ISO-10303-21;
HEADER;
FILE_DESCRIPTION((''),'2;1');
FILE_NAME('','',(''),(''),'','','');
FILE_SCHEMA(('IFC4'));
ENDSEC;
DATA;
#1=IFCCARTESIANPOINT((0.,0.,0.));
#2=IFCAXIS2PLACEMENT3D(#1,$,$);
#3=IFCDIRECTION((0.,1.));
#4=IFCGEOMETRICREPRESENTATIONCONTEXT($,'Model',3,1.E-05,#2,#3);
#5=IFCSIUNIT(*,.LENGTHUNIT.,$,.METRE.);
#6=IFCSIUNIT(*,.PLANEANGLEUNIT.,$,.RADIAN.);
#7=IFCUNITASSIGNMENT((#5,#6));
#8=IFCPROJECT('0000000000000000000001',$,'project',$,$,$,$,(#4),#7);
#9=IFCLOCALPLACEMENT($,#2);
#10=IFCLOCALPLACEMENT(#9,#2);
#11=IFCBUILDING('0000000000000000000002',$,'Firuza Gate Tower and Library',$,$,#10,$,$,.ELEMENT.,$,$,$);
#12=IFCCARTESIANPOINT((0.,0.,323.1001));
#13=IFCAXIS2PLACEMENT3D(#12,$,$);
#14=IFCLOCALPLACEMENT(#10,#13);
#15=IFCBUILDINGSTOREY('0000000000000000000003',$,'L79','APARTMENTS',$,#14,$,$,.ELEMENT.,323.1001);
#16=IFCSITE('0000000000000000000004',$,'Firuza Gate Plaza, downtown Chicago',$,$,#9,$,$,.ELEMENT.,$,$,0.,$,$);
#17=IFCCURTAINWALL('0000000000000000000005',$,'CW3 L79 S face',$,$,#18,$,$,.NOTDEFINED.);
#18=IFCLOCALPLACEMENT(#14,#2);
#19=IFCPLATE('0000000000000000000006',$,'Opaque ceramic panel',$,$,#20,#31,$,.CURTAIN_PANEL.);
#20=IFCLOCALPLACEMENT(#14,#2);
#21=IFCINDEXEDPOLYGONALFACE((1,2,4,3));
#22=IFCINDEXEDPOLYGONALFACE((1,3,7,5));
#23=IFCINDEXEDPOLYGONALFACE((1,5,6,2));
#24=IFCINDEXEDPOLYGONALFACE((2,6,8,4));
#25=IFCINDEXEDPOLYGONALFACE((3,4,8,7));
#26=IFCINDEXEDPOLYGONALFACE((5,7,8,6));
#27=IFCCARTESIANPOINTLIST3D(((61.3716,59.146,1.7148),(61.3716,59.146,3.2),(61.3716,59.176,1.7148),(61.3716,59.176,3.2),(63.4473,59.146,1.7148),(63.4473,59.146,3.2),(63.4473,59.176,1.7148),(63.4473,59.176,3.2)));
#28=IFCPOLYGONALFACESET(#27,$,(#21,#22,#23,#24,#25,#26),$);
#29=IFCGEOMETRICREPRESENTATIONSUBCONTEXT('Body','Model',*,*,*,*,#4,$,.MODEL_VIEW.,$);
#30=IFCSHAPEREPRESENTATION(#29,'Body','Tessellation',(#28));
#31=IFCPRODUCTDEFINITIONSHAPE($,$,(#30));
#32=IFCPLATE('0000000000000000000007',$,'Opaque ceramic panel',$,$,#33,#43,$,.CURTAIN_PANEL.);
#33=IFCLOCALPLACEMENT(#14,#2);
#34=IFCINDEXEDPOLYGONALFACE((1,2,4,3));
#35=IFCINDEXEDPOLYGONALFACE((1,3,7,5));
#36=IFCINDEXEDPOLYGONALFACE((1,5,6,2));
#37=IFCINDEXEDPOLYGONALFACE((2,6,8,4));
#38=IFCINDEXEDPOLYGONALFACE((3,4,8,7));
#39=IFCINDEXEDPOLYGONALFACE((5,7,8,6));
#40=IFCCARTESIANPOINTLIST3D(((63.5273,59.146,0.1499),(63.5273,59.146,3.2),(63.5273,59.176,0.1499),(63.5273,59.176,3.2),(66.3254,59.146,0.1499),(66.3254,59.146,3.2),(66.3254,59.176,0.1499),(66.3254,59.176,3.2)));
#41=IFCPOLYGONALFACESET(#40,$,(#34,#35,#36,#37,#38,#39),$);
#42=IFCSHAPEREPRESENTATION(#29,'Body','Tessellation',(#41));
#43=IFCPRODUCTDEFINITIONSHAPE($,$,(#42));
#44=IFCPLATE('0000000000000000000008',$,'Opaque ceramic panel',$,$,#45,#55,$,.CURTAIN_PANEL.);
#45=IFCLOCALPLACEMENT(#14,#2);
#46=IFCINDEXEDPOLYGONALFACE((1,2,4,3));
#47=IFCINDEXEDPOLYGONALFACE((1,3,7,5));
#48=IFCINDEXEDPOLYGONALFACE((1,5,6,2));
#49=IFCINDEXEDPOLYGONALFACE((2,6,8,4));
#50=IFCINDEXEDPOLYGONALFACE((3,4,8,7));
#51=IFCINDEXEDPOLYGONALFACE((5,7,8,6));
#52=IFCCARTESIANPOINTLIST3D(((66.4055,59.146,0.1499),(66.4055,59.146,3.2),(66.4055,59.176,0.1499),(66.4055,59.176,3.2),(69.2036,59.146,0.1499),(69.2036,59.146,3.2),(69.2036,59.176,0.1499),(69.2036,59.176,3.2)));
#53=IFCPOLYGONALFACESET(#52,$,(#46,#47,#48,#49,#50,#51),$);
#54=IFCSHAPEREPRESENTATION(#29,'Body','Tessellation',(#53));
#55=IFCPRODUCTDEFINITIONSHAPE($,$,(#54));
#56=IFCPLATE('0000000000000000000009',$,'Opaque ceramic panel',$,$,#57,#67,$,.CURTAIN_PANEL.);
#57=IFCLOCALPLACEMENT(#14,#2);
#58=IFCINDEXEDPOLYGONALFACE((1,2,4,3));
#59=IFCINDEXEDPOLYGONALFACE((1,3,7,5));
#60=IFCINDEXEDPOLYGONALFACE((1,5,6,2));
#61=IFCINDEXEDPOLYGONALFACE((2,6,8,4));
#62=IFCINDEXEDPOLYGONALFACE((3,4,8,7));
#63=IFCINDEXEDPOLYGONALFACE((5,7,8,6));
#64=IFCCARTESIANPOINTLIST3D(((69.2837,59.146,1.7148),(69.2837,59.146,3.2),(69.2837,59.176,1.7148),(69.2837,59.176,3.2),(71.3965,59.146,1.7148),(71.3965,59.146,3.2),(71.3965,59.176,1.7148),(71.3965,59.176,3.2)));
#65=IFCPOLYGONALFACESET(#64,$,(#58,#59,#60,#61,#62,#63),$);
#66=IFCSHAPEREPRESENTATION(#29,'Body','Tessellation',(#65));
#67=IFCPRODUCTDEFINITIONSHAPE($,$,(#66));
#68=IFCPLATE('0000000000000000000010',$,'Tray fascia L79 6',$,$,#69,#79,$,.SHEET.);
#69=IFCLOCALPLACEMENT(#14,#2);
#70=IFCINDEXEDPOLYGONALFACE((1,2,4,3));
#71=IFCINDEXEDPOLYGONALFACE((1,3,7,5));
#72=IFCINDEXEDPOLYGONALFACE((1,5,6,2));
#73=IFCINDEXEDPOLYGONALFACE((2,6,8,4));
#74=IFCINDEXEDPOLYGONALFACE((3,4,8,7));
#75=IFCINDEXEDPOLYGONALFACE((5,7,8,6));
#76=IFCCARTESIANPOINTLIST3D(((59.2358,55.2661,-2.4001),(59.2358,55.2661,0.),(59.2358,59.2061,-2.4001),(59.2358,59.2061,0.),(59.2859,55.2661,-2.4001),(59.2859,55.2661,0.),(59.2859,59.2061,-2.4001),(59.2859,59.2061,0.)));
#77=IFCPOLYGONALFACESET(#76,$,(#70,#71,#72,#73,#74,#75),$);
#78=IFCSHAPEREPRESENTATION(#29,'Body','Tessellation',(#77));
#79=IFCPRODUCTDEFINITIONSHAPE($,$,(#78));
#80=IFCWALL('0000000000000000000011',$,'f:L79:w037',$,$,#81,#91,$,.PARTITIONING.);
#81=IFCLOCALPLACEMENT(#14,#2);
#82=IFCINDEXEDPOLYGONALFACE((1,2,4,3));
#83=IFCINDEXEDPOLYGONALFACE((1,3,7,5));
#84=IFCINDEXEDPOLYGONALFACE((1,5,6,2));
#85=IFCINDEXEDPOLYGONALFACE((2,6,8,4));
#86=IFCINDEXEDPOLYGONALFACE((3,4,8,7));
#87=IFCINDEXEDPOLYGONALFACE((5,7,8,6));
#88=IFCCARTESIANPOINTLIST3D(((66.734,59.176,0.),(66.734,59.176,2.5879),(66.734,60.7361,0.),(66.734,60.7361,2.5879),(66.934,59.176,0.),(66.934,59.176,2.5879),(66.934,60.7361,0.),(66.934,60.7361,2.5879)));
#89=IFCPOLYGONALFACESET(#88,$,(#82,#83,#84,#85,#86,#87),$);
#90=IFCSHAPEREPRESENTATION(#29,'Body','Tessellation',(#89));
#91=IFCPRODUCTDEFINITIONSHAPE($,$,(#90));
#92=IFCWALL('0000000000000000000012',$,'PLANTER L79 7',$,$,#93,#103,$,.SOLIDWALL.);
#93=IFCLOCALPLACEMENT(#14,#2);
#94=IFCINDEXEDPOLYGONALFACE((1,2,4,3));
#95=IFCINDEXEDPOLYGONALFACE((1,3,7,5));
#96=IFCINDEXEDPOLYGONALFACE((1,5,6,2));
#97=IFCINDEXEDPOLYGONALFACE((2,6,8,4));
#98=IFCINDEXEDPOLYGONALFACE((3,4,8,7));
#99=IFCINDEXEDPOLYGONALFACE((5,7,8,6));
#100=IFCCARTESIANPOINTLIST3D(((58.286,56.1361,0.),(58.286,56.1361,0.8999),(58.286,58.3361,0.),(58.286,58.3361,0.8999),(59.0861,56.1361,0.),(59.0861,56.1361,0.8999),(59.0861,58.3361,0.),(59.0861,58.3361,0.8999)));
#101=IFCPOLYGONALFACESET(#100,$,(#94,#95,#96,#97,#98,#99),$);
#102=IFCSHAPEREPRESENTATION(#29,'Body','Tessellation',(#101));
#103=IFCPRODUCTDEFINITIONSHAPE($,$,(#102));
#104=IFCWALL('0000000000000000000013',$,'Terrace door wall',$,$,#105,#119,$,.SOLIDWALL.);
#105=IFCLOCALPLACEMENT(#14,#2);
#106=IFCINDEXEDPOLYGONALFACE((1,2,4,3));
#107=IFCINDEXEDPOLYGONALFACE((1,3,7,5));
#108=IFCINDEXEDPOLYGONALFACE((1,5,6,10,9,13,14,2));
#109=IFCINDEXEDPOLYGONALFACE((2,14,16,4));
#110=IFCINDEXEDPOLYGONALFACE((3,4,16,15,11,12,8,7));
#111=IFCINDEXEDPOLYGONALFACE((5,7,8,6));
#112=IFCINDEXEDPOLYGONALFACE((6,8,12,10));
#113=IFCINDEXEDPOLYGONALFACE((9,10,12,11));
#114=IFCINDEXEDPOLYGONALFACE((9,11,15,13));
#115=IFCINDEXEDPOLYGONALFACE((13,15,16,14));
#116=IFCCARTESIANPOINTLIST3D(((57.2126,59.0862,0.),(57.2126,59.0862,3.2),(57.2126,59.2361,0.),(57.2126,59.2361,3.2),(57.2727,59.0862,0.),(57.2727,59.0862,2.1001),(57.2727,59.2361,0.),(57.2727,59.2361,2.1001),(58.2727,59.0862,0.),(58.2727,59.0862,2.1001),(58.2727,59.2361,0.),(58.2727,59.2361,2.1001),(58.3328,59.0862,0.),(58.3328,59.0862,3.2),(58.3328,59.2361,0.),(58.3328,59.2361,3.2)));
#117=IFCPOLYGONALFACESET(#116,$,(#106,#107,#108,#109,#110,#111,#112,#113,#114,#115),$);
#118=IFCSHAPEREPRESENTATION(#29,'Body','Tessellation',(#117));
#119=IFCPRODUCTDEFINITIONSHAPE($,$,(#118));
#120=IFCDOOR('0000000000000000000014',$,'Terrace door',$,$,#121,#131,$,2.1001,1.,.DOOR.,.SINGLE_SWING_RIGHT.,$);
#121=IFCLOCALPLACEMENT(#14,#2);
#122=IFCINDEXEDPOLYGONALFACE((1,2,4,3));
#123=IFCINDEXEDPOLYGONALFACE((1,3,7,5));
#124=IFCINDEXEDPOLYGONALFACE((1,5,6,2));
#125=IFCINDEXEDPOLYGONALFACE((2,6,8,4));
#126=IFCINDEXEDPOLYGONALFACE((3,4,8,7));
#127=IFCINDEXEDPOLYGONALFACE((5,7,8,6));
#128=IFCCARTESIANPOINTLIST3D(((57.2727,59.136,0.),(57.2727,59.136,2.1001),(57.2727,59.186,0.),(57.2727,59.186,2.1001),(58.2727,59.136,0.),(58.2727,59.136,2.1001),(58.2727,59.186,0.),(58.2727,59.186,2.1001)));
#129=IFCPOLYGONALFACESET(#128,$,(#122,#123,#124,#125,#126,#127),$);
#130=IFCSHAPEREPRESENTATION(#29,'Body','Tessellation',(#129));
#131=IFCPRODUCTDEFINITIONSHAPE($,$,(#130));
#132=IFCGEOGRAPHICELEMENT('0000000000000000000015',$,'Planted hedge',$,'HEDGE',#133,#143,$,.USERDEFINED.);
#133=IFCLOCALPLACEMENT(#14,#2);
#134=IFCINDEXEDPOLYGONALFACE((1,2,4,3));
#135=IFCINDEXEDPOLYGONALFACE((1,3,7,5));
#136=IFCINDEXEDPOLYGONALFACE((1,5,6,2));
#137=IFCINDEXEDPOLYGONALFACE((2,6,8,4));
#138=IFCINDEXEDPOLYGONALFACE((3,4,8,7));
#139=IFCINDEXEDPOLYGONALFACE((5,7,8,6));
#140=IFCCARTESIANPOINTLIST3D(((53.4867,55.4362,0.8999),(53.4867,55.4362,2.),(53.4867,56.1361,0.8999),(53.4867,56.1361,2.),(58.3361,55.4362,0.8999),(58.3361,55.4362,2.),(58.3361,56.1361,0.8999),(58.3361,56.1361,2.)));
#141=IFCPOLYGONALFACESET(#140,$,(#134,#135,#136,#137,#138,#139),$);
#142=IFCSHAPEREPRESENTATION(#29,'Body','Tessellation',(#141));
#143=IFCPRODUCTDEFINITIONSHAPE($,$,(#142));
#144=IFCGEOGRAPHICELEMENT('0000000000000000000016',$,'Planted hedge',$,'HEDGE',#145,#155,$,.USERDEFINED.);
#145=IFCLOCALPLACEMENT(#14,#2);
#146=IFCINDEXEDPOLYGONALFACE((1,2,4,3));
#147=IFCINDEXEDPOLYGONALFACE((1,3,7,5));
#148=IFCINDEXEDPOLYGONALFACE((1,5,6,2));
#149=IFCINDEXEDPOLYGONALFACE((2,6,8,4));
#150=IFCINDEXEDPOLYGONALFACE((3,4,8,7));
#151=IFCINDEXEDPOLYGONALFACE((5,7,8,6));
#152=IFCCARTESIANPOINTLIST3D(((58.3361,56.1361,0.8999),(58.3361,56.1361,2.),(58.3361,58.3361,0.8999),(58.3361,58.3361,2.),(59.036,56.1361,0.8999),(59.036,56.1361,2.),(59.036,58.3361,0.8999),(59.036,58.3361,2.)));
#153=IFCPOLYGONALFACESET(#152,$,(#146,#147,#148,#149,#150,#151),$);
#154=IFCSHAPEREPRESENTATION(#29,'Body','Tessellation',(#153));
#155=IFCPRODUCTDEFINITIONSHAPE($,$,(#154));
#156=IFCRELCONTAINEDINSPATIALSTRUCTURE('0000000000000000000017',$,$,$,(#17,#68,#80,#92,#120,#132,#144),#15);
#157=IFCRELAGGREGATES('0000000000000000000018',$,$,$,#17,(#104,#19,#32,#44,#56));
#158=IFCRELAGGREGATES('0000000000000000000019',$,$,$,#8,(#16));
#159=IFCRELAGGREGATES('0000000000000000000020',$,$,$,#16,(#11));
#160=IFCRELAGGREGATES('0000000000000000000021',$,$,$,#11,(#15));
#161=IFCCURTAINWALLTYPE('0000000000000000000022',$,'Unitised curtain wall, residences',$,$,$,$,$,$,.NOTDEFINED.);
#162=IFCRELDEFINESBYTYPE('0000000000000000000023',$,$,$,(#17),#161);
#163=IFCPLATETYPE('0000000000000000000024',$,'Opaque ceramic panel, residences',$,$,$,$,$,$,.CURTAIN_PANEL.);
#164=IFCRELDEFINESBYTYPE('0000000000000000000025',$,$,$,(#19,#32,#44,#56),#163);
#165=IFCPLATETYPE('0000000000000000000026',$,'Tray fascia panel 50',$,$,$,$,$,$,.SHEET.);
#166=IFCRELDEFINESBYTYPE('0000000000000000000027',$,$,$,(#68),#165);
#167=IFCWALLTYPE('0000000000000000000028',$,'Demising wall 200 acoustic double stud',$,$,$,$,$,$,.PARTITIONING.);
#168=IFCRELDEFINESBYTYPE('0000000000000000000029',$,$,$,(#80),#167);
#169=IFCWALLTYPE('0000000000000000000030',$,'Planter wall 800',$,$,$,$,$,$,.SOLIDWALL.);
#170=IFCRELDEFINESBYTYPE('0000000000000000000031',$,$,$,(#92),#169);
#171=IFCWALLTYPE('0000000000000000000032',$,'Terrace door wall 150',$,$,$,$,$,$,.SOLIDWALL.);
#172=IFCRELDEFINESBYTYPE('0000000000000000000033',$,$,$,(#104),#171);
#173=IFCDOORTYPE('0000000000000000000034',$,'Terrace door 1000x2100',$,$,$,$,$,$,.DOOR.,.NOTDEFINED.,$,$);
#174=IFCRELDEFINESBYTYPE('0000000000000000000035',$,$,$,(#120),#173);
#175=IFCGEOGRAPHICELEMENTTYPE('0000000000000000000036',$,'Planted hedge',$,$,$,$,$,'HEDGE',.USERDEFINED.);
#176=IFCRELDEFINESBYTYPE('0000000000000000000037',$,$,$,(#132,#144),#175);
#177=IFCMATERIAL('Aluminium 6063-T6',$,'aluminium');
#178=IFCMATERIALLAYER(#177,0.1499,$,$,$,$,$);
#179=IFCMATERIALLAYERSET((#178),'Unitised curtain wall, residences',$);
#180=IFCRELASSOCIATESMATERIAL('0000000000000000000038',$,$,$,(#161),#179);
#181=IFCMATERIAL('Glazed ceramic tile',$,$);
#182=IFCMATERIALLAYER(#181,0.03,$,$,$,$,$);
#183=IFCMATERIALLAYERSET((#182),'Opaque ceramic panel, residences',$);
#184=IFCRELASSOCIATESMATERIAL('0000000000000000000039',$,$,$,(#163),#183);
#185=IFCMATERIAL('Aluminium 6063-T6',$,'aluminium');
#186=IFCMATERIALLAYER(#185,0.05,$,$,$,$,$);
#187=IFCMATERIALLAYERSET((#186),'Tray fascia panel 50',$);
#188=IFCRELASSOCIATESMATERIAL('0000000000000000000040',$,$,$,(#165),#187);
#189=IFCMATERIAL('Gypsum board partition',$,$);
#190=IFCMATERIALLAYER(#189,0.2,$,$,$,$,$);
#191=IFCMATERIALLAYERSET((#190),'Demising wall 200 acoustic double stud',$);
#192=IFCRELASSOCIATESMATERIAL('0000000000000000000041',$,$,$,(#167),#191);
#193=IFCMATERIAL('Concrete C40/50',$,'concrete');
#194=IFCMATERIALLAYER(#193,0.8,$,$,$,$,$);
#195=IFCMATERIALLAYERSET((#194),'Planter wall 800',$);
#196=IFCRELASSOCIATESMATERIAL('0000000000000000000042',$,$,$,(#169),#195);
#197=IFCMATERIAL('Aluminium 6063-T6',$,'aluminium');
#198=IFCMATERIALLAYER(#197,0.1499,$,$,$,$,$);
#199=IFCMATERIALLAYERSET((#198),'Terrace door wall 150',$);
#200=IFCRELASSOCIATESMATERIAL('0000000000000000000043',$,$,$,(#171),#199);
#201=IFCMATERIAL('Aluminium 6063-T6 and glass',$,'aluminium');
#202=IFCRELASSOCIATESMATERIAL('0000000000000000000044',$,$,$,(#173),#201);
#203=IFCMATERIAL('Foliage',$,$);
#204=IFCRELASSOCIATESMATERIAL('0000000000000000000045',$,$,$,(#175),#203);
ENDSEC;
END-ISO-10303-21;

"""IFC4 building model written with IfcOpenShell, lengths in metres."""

from ifc_helpers import new_model, si_unit, direction, frame, frame_2d, origin, origin_2d, place, context, subcontext, project, spatial, polyline, rectangle, outline, extrude, material, layer, layer_set, type_object, element, fill, aggregate, save


model = new_model("IFC4")

# Units and contexts
model_context = context("Model", 3, precision=1e-05, world=origin(), true_north=direction((0.0, 1.0)))
body_context = subcontext(model_context, "Body", "Model", "MODEL_VIEW")
ifc_project = project(units=[si_unit("LENGTHUNIT", "METRE"), si_unit("PLANEANGLEUNIT", "RADIAN")], contexts=[model_context])

# Site, building, storey
site_placement = place(None, origin())
site = spatial("IfcSite", under=ifc_project, at=site_placement, Name="Firuza Gate Plaza, downtown Chicago", CompositionType="ELEMENT", RefElevation=0.0)
building_placement = place(site_placement, origin())
building = spatial("IfcBuilding", under=site, at=building_placement, Name="Firuza Gate Tower and Library", CompositionType="ELEMENT")
storey_placement = place(building_placement, frame((0.0, 0.0, 323.1001)))
storey = spatial("IfcBuildingStorey", under=building, at=storey_placement, Name="L79", Description="APARTMENTS", CompositionType="ELEMENT", Elevation=323.1001)

# Curtain wall
ifc_material_1 = material(Name="Aluminium 6063-T6", Category="aluminium")
ifc_layer_1 = layer(ifc_material_1, 0.1499)
ifc_layer_set_1 = layer_set([ifc_layer_1], Name="Unitised curtain wall, residences")
curtain_wall_type = type_object("IfcCurtainWallType", Name="Unitised curtain wall, residences", PredefinedType="NOTDEFINED", material=ifc_layer_set_1)
curtain_wall_placement = place(storey_placement, origin())
curtain_wall = element("IfcCurtainWall", 1, at=curtain_wall_placement, inside=storey, type_object=curtain_wall_type, Name="CW3 L79 S face", PredefinedType="NOTDEFINED")

# Plates
ifc_material_2 = material(Name="Glazed ceramic tile")
ifc_layer_2 = layer(ifc_material_2, 0.03)
ifc_layer_set_2 = layer_set([ifc_layer_2], Name="Opaque ceramic panel, residences")
plate_type_1 = type_object("IfcPlateType", Name="Opaque ceramic panel, residences", PredefinedType="CURTAIN_PANEL", material=ifc_layer_set_2)
plate_1_placement = place(storey_placement, frame((61.3716, 59.146, 1.7148), z_axis=(0.0, -1.0, 0.0), x_axis=(1.0, 0.0, 0.0)))
plate_1 = element("IfcPlate", 2, at=plate_1_placement, type_object=plate_type_1, Name="Opaque ceramic panel", PredefinedType="CURTAIN_PANEL", context=body_context, shape_type="SweptSolid", body=[
    extrude(outline(polyline([(0.0, 0.0), (2.0757, 0.0), (2.0757, 1.4851), (0.0, 1.4851), (0.0, 0.0)])), origin(), (0.0, 0.0, -1.0), 0.03),
])
plate_2_placement = place(storey_placement, frame((63.5273, 59.146, 0.1499), z_axis=(0.0, -1.0, 0.0), x_axis=(1.0, 0.0, 0.0)))
plate_2 = element("IfcPlate", 3, at=plate_2_placement, type_object=plate_type_1, Name="Opaque ceramic panel", PredefinedType="CURTAIN_PANEL", context=body_context, shape_type="SweptSolid", body=[
    extrude(outline(polyline([(0.0, 0.0), (2.7981, 0.0), (2.7981, 3.05), (0.0, 3.05), (0.0, 0.0)])), origin(), (0.0, 0.0, -1.0), 0.03),
])
plate_3_placement = place(storey_placement, frame((66.4055, 59.146, 0.1499), z_axis=(0.0, -1.0, 0.0), x_axis=(1.0, 0.0, 0.0)))
plate_3 = element("IfcPlate", 4, at=plate_3_placement, type_object=plate_type_1, Name="Opaque ceramic panel", PredefinedType="CURTAIN_PANEL", context=body_context, shape_type="SweptSolid", body=[
    extrude(outline(polyline([(0.0, 0.0), (2.7981, 0.0), (2.7981, 3.05), (0.0, 3.05), (0.0, 0.0)])), origin(), (0.0, 0.0, -1.0), 0.03),
])
plate_4_placement = place(storey_placement, frame((69.2837, 59.146, 1.7148), z_axis=(0.0, -1.0, 0.0), x_axis=(1.0, 0.0, 0.0)))
plate_4 = element("IfcPlate", 5, at=plate_4_placement, type_object=plate_type_1, Name="Opaque ceramic panel", PredefinedType="CURTAIN_PANEL", context=body_context, shape_type="SweptSolid", body=[
    extrude(outline(polyline([(0.0, 0.0), (2.1128, 0.0), (2.1128, 1.4851), (0.0, 1.4851), (0.0, 0.0)])), origin(), (0.0, 0.0, -1.0), 0.03),
])
ifc_material_3 = material(Name="Aluminium 6063-T6", Category="aluminium")
ifc_layer_3 = layer(ifc_material_3, 0.05)
ifc_layer_set_3 = layer_set([ifc_layer_3], Name="Tray fascia panel 50")
plate_type_2 = type_object("IfcPlateType", Name="Tray fascia panel 50", PredefinedType="SHEET", material=ifc_layer_set_3)
plate_5_placement = place(storey_placement, frame((59.2859, 55.2661, -2.4001), z_axis=(1.0, 0.0, 0.0), x_axis=(0.0, 1.0, 0.0)))
element("IfcPlate", 6, at=plate_5_placement, inside=storey, type_object=plate_type_2, Name="Tray fascia L79 6", PredefinedType="SHEET", context=body_context, shape_type="SweptSolid", body=[
    extrude(outline(polyline([(0.0, 0.0), (3.9399, 0.0), (3.9399, 2.4001), (0.0, 2.4001), (0.0, 0.0)])), origin(), (0.0, 0.0, -1.0), 0.05),
])

# Walls
ifc_material_4 = material(Name="Gypsum board partition")
ifc_layer_4 = layer(ifc_material_4, 0.2)
ifc_layer_set_4 = layer_set([ifc_layer_4], Name="Demising wall 200 acoustic double stud")
wall_type_1 = type_object("IfcWallType", Name="Demising wall 200 acoustic double stud", PredefinedType="PARTITIONING", material=ifc_layer_set_4)
wall_1_placement = place(storey_placement, frame((66.834, 59.176, 0.0), z_axis=(0.0, 0.0, 1.0), x_axis=(0.0, 1.0, 0.0)))
element("IfcWall", 7, at=wall_1_placement, inside=storey, type_object=wall_type_1, Name="f:L79:w037", PredefinedType="PARTITIONING", context=body_context, shape_type="SweptSolid", body=[
    extrude(rectangle(XDim=1.5601, YDim=0.2, at=frame_2d((0.78, 0.0))), origin(), (0.0, 0.0, 1.0), 2.5879),
])
ifc_material_5 = material(Name="Concrete C40/50", Category="concrete")
ifc_layer_5 = layer(ifc_material_5, 0.8)
ifc_layer_set_5 = layer_set([ifc_layer_5], Name="Planter wall 800")
wall_type_2 = type_object("IfcWallType", Name="Planter wall 800", PredefinedType="SOLIDWALL", material=ifc_layer_set_5)
wall_2_placement = place(storey_placement, frame((58.686, 56.136, 0.0), z_axis=(0.0, 0.0, 1.0), x_axis=(0.0, 1.0, 0.0)))
element("IfcWall", 8, at=wall_2_placement, inside=storey, type_object=wall_type_2, Name="PLANTER L79 7", PredefinedType="SOLIDWALL", context=body_context, shape_type="SweptSolid", body=[
    extrude(rectangle(XDim=2.2, YDim=0.8, at=frame_2d((1.1001, 0.0))), origin(), (0.0, 0.0, 1.0), 0.8999),
])

# Wall, opening, door
ifc_material_6 = material(Name="Aluminium 6063-T6", Category="aluminium")
ifc_layer_6 = layer(ifc_material_6, 0.1499)
ifc_layer_set_6 = layer_set([ifc_layer_6], Name="Terrace door wall 150")
wall_type_3 = type_object("IfcWallType", Name="Terrace door wall 150", PredefinedType="SOLIDWALL", material=ifc_layer_set_6)
wall_3_placement = place(storey_placement, frame((57.2126, 59.1611, 0.0), z_axis=(0.0, 0.0, 1.0), x_axis=(1.0, 0.0, 0.0)))
wall_3 = element("IfcWall", 9, at=wall_3_placement, type_object=wall_type_3, Name="Terrace door wall", PredefinedType="SOLIDWALL", context=body_context, shape_type="SweptSolid", body=[
    extrude(rectangle(XDim=1.1201, YDim=0.1499, at=frame_2d((0.5601, 0.0))), origin(), (0.0, 0.0, 1.0), 3.2),
])
opening_placement = place(wall_3_placement, frame((0.0601, 0.0, 0.0)))
opening = element("IfcOpeningElement", 10, at=opening_placement, cuts=wall_3, PredefinedType="OPENING", context=body_context, shape_type="SweptSolid", body=[
    extrude(rectangle(XDim=1.0, YDim=2.1001, at=frame_2d((0.5, 1.05))), frame((0.0, 0.085, 0.0), z_axis=(0.0, -1.0, 0.0), x_axis=(1.0, 0.0, 0.0)), (0.0, 0.0, 1.0), 0.1699),
])
ifc_material_7 = material(Name="Aluminium 6063-T6 and glass", Category="aluminium")
door_type = type_object("IfcDoorType", Name="Terrace door 1000x2100", OperationType="NOTDEFINED", PredefinedType="DOOR", material=ifc_material_7)
door_placement = place(opening_placement, origin())
door = element("IfcDoor", 11, at=door_placement, inside=storey, type_object=door_type, Name="Terrace door", OperationType="SINGLE_SWING_RIGHT", OverallHeight=2.1001, OverallWidth=1.0, PredefinedType="DOOR", context=body_context, shape_type="SweptSolid", body=[
    extrude(rectangle(XDim=1.0, YDim=2.1001, at=frame_2d((0.5, 1.05))), frame((0.0, 0.0249, 0.0), z_axis=(0.0, -1.0, 0.0), x_axis=(1.0, 0.0, 0.0)), (0.0, 0.0, 1.0), 0.05),
])
fill(opening, door)
aggregate(curtain_wall, [wall_3, plate_1, plate_2, plate_3, plate_4])

# Geographic elements
ifc_material_8 = material(Name="Foliage")
geographic_element_type = type_object("IfcGeographicElementType", Name="Planted hedge", ElementType="HEDGE", PredefinedType="USERDEFINED", material=ifc_material_8)
geographic_element_1_placement = place(storey_placement, frame((55.9114, 55.7861, 0.8999), z_axis=(0.0, 0.0, 1.0), x_axis=(1.0, 0.0, 0.0)))
element("IfcGeographicElement", 12, at=geographic_element_1_placement, inside=storey, type_object=geographic_element_type, Name="Planted hedge", ObjectType="HEDGE", PredefinedType="USERDEFINED", context=body_context, shape_type="SweptSolid", body=[
    extrude(rectangle(XDim=4.8494, YDim=0.7, at=origin_2d()), origin(), (0.0, 0.0, 1.0), 1.1001),
])
geographic_element_2_placement = place(storey_placement, frame((58.686, 57.2361, 0.8999), z_axis=(0.0, 0.0, 1.0), x_axis=(0.0, 1.0, 0.0)))
element("IfcGeographicElement", 13, at=geographic_element_2_placement, inside=storey, type_object=geographic_element_type, Name="Planted hedge", ObjectType="HEDGE", PredefinedType="USERDEFINED", context=body_context, shape_type="SweptSolid", body=[
    extrude(rectangle(XDim=2.2, YDim=0.7, at=origin_2d()), origin(), (0.0, 0.0, 1.0), 1.1001),
])

save(model, "model.ifc")
